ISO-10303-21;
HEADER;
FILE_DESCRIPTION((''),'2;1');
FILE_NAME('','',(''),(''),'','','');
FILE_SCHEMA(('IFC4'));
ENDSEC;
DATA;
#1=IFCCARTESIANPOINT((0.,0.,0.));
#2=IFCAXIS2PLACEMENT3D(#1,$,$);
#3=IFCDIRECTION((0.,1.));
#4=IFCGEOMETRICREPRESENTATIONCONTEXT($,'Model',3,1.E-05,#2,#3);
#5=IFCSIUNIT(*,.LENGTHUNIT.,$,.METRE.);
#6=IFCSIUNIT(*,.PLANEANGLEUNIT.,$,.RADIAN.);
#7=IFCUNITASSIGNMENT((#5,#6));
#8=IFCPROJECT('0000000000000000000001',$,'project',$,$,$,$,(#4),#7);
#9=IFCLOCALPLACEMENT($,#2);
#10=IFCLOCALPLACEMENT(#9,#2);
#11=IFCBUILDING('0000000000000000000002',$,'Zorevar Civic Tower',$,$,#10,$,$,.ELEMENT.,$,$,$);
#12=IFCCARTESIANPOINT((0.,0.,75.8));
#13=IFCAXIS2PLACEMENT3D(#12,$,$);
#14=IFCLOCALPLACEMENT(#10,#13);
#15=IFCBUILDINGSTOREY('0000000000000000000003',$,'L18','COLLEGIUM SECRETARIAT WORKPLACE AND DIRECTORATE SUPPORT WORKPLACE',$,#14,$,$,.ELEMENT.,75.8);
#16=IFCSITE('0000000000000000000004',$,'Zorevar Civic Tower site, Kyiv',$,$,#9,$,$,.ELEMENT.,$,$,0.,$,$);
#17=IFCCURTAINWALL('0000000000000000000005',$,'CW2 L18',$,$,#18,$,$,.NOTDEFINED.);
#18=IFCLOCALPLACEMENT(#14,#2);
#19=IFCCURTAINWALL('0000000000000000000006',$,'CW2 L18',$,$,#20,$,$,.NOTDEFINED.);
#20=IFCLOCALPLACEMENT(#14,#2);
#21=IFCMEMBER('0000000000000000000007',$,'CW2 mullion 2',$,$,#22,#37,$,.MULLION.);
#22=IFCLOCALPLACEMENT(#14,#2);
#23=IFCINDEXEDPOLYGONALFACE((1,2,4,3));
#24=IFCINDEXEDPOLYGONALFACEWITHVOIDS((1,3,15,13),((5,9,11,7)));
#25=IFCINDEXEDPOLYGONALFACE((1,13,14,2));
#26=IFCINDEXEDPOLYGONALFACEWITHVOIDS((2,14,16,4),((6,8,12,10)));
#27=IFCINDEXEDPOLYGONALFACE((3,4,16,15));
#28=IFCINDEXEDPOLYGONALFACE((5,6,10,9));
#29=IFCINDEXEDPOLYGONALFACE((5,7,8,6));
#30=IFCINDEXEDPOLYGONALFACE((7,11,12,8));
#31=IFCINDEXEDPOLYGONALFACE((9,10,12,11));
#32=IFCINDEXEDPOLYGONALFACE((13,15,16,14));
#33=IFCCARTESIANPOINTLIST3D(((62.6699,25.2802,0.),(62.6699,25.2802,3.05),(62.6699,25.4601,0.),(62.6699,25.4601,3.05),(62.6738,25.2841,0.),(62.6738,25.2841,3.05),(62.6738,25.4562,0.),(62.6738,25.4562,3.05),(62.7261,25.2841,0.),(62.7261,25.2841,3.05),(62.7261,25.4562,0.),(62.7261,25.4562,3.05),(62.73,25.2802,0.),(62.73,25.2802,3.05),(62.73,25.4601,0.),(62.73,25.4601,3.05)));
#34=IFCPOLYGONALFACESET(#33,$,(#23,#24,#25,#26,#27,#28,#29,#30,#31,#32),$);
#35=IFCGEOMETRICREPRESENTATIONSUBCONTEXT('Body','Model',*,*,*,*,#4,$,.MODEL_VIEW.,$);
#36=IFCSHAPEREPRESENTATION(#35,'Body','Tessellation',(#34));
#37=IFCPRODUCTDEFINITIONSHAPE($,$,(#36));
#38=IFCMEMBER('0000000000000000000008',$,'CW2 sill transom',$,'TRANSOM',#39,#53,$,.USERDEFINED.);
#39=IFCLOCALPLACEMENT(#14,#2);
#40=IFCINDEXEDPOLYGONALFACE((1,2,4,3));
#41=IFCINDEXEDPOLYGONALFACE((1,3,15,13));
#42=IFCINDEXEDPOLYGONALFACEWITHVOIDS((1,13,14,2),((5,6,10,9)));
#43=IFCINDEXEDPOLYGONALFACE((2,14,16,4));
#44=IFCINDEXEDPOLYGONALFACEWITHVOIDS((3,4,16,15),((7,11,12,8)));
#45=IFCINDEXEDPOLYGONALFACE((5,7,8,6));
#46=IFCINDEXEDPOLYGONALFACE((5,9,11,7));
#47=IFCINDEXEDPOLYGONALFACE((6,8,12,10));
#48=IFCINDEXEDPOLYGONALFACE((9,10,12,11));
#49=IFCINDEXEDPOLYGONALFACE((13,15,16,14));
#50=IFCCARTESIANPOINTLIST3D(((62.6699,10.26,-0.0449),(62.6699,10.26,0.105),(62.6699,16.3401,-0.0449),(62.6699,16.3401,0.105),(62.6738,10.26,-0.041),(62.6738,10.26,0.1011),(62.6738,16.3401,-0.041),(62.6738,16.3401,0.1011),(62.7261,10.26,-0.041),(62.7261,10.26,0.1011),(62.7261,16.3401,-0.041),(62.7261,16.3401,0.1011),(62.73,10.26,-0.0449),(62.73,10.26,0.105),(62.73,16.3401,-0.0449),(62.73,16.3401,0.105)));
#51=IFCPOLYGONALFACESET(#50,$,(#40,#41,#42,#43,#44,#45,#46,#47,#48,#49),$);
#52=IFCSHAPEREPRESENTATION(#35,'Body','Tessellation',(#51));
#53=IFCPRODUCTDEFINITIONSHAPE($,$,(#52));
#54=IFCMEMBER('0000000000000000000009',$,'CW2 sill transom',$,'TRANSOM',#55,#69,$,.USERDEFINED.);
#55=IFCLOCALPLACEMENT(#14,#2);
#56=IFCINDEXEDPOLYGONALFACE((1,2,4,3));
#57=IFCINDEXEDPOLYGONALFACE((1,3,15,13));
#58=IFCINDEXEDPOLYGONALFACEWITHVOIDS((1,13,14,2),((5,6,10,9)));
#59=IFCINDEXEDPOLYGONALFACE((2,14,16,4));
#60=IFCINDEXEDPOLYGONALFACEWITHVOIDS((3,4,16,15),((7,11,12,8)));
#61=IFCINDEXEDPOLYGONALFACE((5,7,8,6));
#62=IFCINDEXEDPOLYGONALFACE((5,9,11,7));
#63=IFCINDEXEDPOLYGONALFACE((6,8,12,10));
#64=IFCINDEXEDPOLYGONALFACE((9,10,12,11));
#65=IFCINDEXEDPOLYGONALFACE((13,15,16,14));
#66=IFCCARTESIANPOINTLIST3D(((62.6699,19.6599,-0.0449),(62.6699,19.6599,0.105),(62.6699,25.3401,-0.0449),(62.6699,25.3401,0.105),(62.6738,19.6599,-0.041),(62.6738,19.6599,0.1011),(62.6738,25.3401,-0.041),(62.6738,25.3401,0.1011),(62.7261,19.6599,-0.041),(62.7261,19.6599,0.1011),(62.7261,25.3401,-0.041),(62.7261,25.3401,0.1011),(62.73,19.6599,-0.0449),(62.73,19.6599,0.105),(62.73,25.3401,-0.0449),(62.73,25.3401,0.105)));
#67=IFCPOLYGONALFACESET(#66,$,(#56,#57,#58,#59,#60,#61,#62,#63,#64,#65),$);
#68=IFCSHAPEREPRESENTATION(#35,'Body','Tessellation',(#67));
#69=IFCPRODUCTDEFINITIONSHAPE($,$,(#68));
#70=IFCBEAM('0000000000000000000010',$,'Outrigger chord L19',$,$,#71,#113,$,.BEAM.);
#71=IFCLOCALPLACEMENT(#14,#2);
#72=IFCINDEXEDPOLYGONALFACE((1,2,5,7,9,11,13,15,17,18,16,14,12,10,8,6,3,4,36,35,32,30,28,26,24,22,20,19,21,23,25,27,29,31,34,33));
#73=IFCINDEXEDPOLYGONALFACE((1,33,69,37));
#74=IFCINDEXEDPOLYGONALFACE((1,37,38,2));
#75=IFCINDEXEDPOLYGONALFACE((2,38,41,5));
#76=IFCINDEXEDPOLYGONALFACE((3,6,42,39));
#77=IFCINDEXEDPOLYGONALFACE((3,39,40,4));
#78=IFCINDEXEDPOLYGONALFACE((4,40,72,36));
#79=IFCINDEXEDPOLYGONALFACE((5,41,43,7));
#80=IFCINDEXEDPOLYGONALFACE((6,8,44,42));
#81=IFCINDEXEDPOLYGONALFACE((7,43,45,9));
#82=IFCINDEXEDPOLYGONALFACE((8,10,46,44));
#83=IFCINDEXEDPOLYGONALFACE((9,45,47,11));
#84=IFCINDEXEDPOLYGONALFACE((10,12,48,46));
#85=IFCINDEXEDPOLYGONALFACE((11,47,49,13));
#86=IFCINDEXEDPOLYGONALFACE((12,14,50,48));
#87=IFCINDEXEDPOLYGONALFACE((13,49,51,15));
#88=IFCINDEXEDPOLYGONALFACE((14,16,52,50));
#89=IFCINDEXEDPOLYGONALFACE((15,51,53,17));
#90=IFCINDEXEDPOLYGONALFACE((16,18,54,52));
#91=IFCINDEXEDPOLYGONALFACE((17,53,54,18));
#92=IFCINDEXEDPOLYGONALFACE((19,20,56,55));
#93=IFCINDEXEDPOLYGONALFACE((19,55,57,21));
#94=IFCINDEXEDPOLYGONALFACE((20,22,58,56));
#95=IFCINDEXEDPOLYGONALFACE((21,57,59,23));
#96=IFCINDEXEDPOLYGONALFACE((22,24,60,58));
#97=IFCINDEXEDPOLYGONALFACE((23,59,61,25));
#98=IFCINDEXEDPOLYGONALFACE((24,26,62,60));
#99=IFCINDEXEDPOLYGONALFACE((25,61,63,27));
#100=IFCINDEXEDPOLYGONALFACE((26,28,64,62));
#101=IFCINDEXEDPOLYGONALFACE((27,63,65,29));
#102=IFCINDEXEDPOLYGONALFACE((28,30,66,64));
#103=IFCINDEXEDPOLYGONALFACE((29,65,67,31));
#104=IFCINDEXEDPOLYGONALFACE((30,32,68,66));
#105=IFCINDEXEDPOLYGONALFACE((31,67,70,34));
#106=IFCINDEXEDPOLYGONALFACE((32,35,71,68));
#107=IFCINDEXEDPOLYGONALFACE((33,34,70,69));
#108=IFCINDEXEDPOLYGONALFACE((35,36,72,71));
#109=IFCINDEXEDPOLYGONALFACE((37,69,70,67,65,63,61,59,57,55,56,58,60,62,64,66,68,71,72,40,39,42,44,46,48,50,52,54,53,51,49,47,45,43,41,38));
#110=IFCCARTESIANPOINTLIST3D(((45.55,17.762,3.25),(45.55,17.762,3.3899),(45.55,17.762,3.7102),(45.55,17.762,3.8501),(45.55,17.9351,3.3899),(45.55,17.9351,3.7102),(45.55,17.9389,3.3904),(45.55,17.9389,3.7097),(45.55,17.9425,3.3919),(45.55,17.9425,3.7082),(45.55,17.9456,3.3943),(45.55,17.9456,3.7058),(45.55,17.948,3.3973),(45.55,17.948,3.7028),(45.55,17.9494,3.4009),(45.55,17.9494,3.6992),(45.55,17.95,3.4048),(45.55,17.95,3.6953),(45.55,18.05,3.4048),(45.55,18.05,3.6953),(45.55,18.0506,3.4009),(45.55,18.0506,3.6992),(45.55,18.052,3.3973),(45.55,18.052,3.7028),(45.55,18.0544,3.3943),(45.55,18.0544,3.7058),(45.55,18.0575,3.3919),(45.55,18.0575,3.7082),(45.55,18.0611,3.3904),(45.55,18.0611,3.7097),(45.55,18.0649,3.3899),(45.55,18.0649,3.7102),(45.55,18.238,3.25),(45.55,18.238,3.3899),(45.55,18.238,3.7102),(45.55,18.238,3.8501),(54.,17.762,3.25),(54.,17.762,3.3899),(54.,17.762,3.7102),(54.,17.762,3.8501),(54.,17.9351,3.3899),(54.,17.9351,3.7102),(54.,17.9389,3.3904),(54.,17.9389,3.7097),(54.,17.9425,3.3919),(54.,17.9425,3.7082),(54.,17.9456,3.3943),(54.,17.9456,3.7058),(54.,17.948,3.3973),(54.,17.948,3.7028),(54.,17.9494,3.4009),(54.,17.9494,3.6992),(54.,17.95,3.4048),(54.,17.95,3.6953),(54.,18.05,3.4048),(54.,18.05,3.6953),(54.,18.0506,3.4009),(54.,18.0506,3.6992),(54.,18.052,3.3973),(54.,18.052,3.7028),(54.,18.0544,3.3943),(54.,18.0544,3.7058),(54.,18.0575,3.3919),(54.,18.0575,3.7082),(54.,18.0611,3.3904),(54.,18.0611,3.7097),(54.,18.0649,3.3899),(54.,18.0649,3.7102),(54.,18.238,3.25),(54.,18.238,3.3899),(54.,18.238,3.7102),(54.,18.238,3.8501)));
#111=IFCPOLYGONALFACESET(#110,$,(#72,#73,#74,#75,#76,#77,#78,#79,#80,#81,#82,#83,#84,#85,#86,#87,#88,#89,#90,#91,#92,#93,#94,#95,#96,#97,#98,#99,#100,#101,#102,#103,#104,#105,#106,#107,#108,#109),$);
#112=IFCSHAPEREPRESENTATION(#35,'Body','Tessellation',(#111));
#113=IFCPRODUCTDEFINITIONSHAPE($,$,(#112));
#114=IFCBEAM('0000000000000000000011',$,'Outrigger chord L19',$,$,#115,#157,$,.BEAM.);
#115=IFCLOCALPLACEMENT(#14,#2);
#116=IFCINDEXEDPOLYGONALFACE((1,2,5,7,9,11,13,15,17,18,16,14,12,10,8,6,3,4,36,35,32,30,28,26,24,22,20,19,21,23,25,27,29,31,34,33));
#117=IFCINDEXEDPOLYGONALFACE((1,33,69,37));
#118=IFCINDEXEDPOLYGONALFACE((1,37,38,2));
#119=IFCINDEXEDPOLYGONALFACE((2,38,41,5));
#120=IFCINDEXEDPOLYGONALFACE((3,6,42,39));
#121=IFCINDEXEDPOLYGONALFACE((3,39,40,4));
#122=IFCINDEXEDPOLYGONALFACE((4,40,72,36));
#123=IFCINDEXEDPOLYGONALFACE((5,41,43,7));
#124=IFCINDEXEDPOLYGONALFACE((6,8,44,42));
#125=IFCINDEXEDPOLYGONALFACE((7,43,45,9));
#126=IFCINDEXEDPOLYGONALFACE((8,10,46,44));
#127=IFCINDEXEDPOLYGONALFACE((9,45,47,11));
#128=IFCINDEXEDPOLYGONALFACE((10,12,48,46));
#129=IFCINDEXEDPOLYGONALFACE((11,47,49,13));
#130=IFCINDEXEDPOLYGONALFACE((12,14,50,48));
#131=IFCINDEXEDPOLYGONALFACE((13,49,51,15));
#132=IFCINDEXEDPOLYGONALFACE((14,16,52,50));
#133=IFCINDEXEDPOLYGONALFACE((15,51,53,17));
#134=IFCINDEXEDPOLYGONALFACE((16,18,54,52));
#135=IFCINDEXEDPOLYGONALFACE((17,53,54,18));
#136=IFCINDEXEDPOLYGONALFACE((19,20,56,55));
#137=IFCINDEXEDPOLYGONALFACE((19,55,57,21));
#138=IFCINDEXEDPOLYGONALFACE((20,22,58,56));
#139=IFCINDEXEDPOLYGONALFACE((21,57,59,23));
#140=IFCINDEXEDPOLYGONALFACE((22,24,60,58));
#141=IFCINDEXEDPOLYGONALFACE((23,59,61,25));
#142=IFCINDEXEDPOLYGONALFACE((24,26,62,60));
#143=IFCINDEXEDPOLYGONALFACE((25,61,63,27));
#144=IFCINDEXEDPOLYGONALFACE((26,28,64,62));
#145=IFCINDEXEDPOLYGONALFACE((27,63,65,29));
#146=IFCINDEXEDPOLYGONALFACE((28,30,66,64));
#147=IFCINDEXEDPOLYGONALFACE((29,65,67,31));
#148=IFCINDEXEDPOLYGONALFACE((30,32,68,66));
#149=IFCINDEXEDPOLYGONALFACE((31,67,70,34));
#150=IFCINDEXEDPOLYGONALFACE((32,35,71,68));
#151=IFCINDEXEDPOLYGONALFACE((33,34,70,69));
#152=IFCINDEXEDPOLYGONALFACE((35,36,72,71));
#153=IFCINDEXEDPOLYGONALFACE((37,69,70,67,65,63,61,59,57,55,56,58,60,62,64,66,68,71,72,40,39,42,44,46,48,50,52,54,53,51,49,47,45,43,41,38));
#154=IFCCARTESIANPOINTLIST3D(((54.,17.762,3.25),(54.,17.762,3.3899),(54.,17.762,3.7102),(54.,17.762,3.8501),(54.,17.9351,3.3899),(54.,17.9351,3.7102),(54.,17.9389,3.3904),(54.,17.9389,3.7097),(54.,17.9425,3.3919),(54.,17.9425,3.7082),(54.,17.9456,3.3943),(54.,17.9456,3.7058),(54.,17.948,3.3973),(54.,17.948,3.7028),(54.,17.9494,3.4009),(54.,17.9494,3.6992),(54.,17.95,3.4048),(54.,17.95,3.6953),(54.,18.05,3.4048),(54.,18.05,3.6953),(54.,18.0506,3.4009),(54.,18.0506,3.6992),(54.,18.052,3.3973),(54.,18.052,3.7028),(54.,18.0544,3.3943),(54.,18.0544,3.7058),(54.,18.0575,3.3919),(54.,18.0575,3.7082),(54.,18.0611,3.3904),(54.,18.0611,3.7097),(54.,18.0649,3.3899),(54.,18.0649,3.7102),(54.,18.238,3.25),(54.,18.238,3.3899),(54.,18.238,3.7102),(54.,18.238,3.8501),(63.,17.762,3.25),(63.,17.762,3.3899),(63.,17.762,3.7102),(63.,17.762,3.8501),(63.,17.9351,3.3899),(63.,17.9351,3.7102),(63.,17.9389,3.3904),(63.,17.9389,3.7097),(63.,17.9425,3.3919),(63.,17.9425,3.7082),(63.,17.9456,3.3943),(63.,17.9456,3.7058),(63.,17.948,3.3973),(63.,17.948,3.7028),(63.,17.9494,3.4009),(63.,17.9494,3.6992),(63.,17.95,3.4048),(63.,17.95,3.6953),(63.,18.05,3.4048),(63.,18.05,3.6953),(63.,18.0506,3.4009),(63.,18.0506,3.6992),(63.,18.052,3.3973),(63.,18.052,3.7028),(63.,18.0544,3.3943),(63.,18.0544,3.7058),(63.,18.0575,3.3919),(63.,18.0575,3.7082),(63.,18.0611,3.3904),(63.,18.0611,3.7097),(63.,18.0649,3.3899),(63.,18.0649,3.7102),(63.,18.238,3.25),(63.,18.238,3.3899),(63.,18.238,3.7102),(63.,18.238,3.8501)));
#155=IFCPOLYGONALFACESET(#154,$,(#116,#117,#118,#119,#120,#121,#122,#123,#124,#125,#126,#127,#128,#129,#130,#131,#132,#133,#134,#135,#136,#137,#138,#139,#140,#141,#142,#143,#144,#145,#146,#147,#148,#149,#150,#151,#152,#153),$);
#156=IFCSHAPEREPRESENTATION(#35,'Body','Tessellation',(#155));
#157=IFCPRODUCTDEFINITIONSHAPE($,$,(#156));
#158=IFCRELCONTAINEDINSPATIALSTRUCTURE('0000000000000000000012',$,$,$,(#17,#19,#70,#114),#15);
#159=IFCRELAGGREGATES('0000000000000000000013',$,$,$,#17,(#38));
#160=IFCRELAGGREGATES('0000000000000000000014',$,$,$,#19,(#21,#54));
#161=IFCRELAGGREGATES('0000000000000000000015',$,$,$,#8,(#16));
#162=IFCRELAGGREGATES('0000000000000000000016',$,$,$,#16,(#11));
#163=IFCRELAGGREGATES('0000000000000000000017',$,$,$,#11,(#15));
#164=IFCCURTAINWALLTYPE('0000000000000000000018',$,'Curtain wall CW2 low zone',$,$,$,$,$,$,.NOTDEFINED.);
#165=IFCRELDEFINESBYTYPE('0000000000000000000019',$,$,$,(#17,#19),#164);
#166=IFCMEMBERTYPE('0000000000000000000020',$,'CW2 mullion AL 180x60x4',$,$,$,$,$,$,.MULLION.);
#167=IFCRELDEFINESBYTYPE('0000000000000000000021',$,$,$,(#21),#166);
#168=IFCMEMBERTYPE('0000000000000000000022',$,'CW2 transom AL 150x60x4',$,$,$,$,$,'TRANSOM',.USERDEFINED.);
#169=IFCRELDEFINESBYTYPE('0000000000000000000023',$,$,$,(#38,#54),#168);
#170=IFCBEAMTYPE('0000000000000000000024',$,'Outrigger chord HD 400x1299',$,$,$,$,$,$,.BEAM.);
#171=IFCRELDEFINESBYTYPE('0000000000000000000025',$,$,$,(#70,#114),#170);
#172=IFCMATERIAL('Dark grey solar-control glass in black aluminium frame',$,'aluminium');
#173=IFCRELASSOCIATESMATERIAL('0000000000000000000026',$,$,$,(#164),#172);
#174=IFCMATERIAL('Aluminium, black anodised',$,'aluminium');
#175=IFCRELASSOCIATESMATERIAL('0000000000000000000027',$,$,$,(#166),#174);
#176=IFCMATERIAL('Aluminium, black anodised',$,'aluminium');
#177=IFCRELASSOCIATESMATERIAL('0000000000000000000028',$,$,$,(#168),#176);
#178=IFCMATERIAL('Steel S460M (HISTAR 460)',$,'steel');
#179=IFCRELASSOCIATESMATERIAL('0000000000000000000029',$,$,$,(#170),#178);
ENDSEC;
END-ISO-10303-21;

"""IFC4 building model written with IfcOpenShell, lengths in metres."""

from ifc_helpers import new_model, si_unit, direction, frame, origin, origin_2d, place, context, subcontext, project, spatial, hollow_rectangle, i_section, extrude, material, material_profile, profile_set, type_object, element, aggregate, save


model = new_model("IFC4")

# Units and contexts
model_context = context("Model", 3, precision=1e-05, world=origin(), true_north=direction((0.0, 1.0)))
body_context = subcontext(model_context, "Body", "Model", "MODEL_VIEW")
ifc_project = project(units=[si_unit("LENGTHUNIT", "METRE"), si_unit("PLANEANGLEUNIT", "RADIAN")], contexts=[model_context])

# Site, building, storey
site_placement = place(None, origin())
site = spatial("IfcSite", under=ifc_project, at=site_placement, Name="Zorevar Civic Tower site, Kyiv", CompositionType="ELEMENT", RefElevation=0.0)
building_placement = place(site_placement, origin())
building = spatial("IfcBuilding", under=site, at=building_placement, Name="Zorevar Civic Tower", CompositionType="ELEMENT")
storey_placement = place(building_placement, frame((0.0, 0.0, 75.8)))
storey = spatial("IfcBuildingStorey", under=building, at=storey_placement, Name="L18", Description="COLLEGIUM SECRETARIAT WORKPLACE AND DIRECTORATE SUPPORT WORKPLACE", CompositionType="ELEMENT", Elevation=75.8)

# Curtain wall
ifc_material_1 = material(Name="Dark grey solar-control glass in black aluminium frame", Category="aluminium")
curtain_wall_type = type_object("IfcCurtainWallType", Name="Curtain wall CW2 low zone", PredefinedType="NOTDEFINED", material=ifc_material_1)
curtain_wall_1_placement = place(storey_placement, origin())
curtain_wall_1 = element("IfcCurtainWall", 1, at=curtain_wall_1_placement, inside=storey, type_object=curtain_wall_type, Name="CW2 L18", PredefinedType="NOTDEFINED")
ifc_material_2 = material(Name="Aluminium, black anodised", Category="aluminium")
ifc_material_profile_1 = material_profile(ifc_material_2, hollow_rectangle(XDim=0.0601, YDim=0.1799, WallThickness=0.0039, at=origin_2d()), Name="AL 180x60x4")
ifc_profile_set_1 = profile_set([ifc_material_profile_1], Name="Aluminium, black anodised")
member_type_1 = type_object("IfcMemberType", Name="CW2 mullion AL 180x60x4", PredefinedType="MULLION", material=ifc_profile_set_1)

# Curtain wall, member
curtain_wall_2_placement = place(storey_placement, origin())
curtain_wall_2 = element("IfcCurtainWall", 2, at=curtain_wall_2_placement, inside=storey, type_object=curtain_wall_type, Name="CW2 L18", PredefinedType="NOTDEFINED")
member_1_placement = place(storey_placement, frame((62.7, 25.3701, 0.0), z_axis=(0.0, 0.0, 1.0), x_axis=(-1.0, 0.0, 0.0)))
member_1 = element("IfcMember", 3, at=member_1_placement, type_object=member_type_1, Name="CW2 mullion 2", PredefinedType="MULLION", context=body_context, shape_type="SweptSolid", body=[
    extrude(hollow_rectangle(XDim=0.0601, YDim=0.1799, WallThickness=0.0039, at=origin_2d()), origin(), (0.0, 0.0, 1.0), 3.05),
])

# Members
ifc_material_3 = material(Name="Aluminium, black anodised", Category="aluminium")
ifc_material_profile_2 = material_profile(ifc_material_3, hollow_rectangle(XDim=0.0601, YDim=0.1499, WallThickness=0.0039, at=origin_2d()), Name="AL 150x60x4")
ifc_profile_set_2 = profile_set([ifc_material_profile_2], Name="Aluminium, black anodised")
member_type_2 = type_object("IfcMemberType", Name="CW2 transom AL 150x60x4", ElementType="TRANSOM", PredefinedType="USERDEFINED", material=ifc_profile_set_2)
member_2_placement = place(storey_placement, frame((62.7, 10.26, 0.03), z_axis=(0.0, 1.0, 0.0), x_axis=(-1.0, 0.0, 0.0)))
member_2 = element("IfcMember", 4, at=member_2_placement, type_object=member_type_2, Name="CW2 sill transom", ObjectType="TRANSOM", PredefinedType="USERDEFINED", context=body_context, shape_type="SweptSolid", body=[
    extrude(hollow_rectangle(XDim=0.0601, YDim=0.1499, WallThickness=0.0039, at=origin_2d()), origin(), (0.0, 0.0, 1.0), 6.0801),
])
member_3_placement = place(storey_placement, frame((62.7, 19.6599, 0.03), z_axis=(0.0, 1.0, 0.0), x_axis=(-1.0, 0.0, 0.0)))
member_3 = element("IfcMember", 5, at=member_3_placement, type_object=member_type_2, Name="CW2 sill transom", ObjectType="TRANSOM", PredefinedType="USERDEFINED", context=body_context, shape_type="SweptSolid", body=[
    extrude(hollow_rectangle(XDim=0.0601, YDim=0.1499, WallThickness=0.0039, at=origin_2d()), origin(), (0.0, 0.0, 1.0), 5.6802),
])

# Beams
ifc_material_4 = material(Name="Steel S460M (HISTAR 460)", Category="steel")
ifc_material_profile_3 = material_profile(ifc_material_4, i_section(OverallWidth=0.4761, OverallDepth=0.6001, WebThickness=0.1001, FlangeThickness=0.1399, FilletRadius=0.0149, at=origin_2d()), Name="HD 400x1299")
ifc_profile_set_3 = profile_set([ifc_material_profile_3], Name="Steel S460M (HISTAR 460)")
beam_type_1 = type_object("IfcBeamType", Name="Outrigger chord HD 400x1299", PredefinedType="BEAM", material=ifc_profile_set_3)
beam_1_placement = place(storey_placement, frame((45.55, 18.0, 3.55), z_axis=(1.0, 0.0, 0.0), x_axis=(0.0, 1.0, 0.0)))
element("IfcBeam", 6, at=beam_1_placement, inside=storey, type_object=beam_type_1, Name="Outrigger chord L19", PredefinedType="BEAM", context=body_context, shape_type="SweptSolid", body=[
    extrude(i_section(OverallWidth=0.4761, OverallDepth=0.6001, WebThickness=0.1001, FlangeThickness=0.1399, FilletRadius=0.0149, at=origin_2d()), origin(), (0.0, 0.0, 1.0), 8.45),
])
beam_2_placement = place(storey_placement, frame((54.0, 18.0, 3.55), z_axis=(1.0, 0.0, 0.0), x_axis=(0.0, 1.0, 0.0)))
element("IfcBeam", 7, at=beam_2_placement, inside=storey, type_object=beam_type_1, Name="Outrigger chord L19", PredefinedType="BEAM", context=body_context, shape_type="SweptSolid", body=[
    extrude(i_section(OverallWidth=0.4761, OverallDepth=0.6001, WebThickness=0.1001, FlangeThickness=0.1399, FilletRadius=0.0149, at=origin_2d()), origin(), (0.0, 0.0, 1.0), 9.0),
])

aggregate(curtain_wall_1, [member_2])
aggregate(curtain_wall_2, [member_1, member_3])

save(model, "model.ifc")
